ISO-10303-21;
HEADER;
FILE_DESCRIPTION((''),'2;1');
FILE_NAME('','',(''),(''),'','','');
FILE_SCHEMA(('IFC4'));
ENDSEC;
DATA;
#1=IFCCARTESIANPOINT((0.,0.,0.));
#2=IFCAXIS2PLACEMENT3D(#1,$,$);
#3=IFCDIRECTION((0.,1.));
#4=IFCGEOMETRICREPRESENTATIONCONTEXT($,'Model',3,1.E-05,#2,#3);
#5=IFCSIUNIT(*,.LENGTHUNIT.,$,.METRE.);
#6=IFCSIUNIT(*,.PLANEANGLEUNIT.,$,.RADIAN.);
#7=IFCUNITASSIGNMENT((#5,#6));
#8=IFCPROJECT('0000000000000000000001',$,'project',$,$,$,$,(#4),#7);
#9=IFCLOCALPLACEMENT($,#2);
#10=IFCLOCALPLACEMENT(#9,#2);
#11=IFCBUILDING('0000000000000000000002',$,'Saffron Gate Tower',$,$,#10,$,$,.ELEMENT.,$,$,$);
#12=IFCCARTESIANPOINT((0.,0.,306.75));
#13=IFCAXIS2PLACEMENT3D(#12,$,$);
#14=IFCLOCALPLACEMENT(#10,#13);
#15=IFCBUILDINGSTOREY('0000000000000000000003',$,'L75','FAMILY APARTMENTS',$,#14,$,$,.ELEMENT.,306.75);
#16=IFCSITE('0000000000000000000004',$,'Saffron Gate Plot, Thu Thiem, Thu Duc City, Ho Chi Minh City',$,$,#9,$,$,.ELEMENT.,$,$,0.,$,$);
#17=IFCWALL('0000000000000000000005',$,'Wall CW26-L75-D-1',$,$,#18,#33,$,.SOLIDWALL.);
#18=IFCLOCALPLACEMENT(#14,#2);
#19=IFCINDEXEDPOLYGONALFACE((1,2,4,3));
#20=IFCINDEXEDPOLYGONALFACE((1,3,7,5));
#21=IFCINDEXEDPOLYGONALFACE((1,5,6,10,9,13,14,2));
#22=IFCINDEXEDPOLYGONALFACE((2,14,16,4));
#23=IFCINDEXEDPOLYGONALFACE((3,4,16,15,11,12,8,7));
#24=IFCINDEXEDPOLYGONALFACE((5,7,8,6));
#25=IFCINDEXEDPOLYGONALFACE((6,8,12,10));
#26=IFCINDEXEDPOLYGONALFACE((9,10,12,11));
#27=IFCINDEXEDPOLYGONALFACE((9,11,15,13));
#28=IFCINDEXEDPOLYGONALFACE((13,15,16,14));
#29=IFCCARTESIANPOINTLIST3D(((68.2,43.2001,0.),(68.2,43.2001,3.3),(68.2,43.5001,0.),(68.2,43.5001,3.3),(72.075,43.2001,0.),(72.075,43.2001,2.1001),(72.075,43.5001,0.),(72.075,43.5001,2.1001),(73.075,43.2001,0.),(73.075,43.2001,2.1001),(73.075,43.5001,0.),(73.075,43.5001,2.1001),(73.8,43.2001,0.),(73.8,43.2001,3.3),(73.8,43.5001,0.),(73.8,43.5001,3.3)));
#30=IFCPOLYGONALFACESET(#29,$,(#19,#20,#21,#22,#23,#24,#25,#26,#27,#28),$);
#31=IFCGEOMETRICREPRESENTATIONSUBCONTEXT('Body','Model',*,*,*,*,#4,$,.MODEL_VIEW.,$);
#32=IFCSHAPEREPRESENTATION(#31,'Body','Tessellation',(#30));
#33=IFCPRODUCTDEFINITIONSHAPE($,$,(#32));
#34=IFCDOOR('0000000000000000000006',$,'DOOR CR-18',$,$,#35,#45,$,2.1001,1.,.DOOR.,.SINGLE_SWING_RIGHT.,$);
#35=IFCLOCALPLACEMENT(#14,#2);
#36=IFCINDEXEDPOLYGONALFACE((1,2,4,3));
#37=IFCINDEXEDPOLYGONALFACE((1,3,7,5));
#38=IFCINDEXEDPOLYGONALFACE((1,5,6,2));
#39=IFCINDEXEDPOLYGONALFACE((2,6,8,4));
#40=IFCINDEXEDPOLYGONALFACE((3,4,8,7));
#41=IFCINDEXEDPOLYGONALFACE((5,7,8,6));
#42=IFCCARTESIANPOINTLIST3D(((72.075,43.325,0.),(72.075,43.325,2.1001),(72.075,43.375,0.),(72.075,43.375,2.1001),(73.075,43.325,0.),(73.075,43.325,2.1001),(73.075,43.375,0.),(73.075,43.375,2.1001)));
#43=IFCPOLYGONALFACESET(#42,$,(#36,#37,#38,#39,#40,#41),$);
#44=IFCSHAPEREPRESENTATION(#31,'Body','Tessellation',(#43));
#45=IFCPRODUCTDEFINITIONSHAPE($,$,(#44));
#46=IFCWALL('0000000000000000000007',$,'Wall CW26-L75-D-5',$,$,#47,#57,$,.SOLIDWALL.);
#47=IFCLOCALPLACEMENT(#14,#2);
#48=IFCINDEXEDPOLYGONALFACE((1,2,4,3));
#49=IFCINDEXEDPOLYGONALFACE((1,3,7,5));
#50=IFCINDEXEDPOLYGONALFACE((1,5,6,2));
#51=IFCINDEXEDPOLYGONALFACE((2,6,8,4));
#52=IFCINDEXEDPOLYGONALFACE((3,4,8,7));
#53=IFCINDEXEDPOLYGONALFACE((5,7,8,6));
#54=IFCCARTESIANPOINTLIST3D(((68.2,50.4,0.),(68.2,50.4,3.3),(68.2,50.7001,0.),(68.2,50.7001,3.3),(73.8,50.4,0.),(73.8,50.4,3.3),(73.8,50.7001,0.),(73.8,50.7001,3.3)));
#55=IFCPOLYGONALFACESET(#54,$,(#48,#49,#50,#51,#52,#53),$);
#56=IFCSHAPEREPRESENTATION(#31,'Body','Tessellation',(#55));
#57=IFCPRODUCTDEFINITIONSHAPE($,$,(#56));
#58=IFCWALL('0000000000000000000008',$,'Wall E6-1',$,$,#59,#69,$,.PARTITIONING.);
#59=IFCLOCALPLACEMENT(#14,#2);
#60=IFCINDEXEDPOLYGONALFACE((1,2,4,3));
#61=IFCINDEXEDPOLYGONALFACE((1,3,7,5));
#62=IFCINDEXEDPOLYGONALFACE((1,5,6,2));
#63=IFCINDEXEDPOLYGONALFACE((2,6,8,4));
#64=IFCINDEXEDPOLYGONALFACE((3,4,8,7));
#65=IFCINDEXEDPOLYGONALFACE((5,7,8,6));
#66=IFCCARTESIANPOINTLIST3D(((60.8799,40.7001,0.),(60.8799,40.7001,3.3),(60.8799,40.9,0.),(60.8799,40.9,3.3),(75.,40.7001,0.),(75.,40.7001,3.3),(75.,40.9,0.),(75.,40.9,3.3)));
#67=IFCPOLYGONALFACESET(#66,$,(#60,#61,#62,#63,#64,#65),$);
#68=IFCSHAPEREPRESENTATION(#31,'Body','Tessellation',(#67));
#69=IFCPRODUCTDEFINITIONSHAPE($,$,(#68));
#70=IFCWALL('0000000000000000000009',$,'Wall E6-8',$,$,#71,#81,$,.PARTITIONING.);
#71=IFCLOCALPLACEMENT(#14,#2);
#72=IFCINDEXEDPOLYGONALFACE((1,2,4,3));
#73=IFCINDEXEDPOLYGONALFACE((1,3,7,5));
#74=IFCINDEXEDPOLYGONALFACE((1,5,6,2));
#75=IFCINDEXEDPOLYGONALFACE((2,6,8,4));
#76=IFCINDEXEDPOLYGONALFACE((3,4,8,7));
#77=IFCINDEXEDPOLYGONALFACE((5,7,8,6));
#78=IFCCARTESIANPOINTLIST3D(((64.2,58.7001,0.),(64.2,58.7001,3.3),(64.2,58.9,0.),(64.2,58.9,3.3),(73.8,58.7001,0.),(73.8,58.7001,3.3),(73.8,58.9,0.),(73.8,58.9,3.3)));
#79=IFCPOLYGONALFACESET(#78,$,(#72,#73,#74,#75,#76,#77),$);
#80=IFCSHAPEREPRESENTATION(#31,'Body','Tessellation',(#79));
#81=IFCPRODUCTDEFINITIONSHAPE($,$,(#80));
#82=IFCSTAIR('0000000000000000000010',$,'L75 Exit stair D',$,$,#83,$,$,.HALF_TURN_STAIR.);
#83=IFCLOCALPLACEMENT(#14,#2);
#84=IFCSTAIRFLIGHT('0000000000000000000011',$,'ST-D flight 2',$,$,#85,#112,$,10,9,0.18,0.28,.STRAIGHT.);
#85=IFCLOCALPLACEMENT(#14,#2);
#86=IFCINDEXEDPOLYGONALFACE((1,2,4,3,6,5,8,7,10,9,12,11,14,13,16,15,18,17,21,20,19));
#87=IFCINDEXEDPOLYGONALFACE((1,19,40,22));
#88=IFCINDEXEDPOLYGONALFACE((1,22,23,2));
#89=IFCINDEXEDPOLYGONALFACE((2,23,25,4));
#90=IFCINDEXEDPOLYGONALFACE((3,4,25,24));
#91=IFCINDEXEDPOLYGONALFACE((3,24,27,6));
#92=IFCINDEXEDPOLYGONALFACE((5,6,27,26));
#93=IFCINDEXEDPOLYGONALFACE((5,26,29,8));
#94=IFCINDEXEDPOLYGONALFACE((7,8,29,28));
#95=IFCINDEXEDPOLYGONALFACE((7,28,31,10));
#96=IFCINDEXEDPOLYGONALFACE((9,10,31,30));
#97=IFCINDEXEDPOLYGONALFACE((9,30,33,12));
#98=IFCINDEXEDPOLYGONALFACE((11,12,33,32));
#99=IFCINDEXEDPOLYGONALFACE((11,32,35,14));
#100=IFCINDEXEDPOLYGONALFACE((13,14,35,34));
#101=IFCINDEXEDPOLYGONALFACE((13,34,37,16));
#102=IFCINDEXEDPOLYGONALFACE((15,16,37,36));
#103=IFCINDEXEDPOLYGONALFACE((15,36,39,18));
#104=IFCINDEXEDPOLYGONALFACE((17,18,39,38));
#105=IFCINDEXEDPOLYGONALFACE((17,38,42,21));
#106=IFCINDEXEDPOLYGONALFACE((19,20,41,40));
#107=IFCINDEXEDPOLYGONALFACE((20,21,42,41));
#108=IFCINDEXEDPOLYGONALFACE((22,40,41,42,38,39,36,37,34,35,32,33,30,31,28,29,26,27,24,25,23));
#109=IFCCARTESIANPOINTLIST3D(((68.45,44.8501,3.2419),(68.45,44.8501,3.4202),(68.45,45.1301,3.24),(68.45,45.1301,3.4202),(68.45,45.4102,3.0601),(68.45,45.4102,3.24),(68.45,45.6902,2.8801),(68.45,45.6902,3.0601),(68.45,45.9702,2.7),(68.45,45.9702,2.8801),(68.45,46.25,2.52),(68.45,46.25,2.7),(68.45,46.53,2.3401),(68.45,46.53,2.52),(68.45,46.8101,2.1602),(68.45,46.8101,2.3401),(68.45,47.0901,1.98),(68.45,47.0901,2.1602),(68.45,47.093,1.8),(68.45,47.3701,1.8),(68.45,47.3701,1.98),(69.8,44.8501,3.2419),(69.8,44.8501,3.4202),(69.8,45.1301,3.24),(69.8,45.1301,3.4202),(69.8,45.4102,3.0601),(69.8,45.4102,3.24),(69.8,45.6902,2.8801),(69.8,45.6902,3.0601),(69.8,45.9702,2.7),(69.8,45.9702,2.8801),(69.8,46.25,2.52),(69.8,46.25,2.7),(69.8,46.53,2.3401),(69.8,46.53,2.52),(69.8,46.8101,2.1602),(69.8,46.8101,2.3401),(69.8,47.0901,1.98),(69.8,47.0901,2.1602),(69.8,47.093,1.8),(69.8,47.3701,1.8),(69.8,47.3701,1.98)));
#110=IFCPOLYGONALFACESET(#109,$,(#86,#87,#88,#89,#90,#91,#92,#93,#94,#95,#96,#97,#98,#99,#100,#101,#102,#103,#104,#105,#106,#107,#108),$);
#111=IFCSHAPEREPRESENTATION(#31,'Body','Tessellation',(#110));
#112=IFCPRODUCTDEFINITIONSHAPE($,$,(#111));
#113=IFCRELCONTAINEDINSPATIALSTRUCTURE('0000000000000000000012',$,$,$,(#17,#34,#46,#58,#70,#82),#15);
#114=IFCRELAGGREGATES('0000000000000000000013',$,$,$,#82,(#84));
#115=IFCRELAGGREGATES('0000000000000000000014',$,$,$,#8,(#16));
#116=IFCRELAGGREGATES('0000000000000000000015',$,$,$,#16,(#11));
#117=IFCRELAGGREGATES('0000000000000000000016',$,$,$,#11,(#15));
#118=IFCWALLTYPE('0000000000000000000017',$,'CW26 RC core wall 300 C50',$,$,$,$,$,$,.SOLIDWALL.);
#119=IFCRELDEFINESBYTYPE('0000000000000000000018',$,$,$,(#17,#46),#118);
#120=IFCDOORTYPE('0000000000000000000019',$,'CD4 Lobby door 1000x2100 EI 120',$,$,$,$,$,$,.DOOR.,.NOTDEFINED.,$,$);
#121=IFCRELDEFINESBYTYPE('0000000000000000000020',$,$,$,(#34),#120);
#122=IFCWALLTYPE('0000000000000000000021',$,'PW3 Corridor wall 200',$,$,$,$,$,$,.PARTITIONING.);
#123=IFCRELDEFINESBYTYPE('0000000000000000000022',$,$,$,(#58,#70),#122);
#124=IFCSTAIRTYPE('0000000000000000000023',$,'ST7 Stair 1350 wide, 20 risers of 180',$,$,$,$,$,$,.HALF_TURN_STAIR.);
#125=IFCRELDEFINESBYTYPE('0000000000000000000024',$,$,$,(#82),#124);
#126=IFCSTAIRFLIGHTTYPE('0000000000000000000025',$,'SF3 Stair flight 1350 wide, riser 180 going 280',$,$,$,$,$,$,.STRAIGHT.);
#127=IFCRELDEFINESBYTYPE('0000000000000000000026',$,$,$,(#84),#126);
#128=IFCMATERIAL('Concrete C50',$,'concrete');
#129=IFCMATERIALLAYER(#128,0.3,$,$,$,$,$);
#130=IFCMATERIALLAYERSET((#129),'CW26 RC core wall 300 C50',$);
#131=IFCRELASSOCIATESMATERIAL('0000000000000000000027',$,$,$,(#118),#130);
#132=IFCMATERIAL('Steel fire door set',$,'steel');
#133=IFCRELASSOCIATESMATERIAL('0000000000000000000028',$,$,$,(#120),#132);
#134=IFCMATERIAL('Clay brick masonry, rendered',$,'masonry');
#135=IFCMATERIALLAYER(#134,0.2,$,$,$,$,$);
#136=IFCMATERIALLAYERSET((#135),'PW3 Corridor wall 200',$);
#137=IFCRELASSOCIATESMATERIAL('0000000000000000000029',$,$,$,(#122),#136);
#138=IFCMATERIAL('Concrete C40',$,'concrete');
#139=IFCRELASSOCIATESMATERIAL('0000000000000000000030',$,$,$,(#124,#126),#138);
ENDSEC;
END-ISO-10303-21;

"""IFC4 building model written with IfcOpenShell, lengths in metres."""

from ifc_helpers import new_model, si_unit, direction, frame, frame_2d, origin, place, context, subcontext, project, spatial, polyline, rectangle, outline, extrude, material, layer, layer_set, type_object, element, fill, aggregate, save


model = new_model("IFC4")

# Units and contexts
model_context = context("Model", 3, precision=1e-05, world=origin(), true_north=direction((0.0, 1.0)))
body_context = subcontext(model_context, "Body", "Model", "MODEL_VIEW")
ifc_project = project(units=[si_unit("LENGTHUNIT", "METRE"), si_unit("PLANEANGLEUNIT", "RADIAN")], contexts=[model_context])

# Site, building, storey
site_placement = place(None, origin())
site = spatial("IfcSite", under=ifc_project, at=site_placement, Name="Saffron Gate Plot, Thu Thiem, Thu Duc City, Ho Chi Minh City", CompositionType="ELEMENT", RefElevation=0.0)
building_placement = place(site_placement, origin())
building = spatial("IfcBuilding", under=site, at=building_placement, Name="Saffron Gate Tower", CompositionType="ELEMENT")
storey_placement = place(building_placement, frame((0.0, 0.0, 306.75)))
storey = spatial("IfcBuildingStorey", under=building, at=storey_placement, Name="L75", Description="FAMILY APARTMENTS", CompositionType="ELEMENT", Elevation=306.75)

# Shared definitions
ifc_material_1 = material(Name="Concrete C40", Category="concrete")

# Shared definitions
ifc_material_2 = material(Name="Concrete C50", Category="concrete")

# Wall, opening, door
ifc_layer_1 = layer(ifc_material_2, 0.3)
ifc_layer_set_1 = layer_set([ifc_layer_1], Name="CW26 RC core wall 300 C50")
wall_type_1 = type_object("IfcWallType", Name="CW26 RC core wall 300 C50", PredefinedType="SOLIDWALL", material=ifc_layer_set_1)
wall_1_placement = place(storey_placement, frame((68.2, 43.3501, 0.0), z_axis=(0.0, 0.0, 1.0), x_axis=(1.0, 0.0, 0.0)))
wall_1 = element("IfcWall", 1, at=wall_1_placement, inside=storey, type_object=wall_type_1, Name="Wall CW26-L75-D-1", PredefinedType="SOLIDWALL", context=body_context, shape_type="SweptSolid", body=[
    extrude(rectangle(XDim=5.6001, YDim=0.3, at=frame_2d((2.8, 0.0))), origin(), (0.0, 0.0, 1.0), 3.3),
])
opening_placement = place(wall_1_placement, frame((3.875, 0.0, 0.0)))
opening = element("IfcOpeningElement", 2, at=opening_placement, cuts=wall_1, PredefinedType="OPENING", context=body_context, shape_type="SweptSolid", body=[
    extrude(rectangle(XDim=1.0, YDim=2.1001, at=frame_2d((0.5, 1.05))), frame((0.0, 0.1602, 0.0), z_axis=(0.0, -1.0, 0.0), x_axis=(1.0, 0.0, 0.0)), (0.0, 0.0, 1.0), 0.3201),
])
ifc_material_3 = material(Name="Steel fire door set", Category="steel")
door_type = type_object("IfcDoorType", Name="CD4 Lobby door 1000x2100 EI 120", OperationType="NOTDEFINED", PredefinedType="DOOR", material=ifc_material_3)
door_placement = place(opening_placement, origin())
door = element("IfcDoor", 3, at=door_placement, inside=storey, type_object=door_type, Name="DOOR CR-18", OperationType="SINGLE_SWING_RIGHT", OverallHeight=2.1001, OverallWidth=1.0, PredefinedType="DOOR", context=body_context, shape_type="SweptSolid", body=[
    extrude(rectangle(XDim=1.0, YDim=2.1001, at=frame_2d((0.5, 1.05))), frame((0.0, 0.0249, 0.0), z_axis=(0.0, -1.0, 0.0), x_axis=(1.0, 0.0, 0.0)), (0.0, 0.0, 1.0), 0.05),
])
fill(opening, door)

# Walls
wall_2_placement = place(storey_placement, frame((68.2, 50.55, 0.0), z_axis=(0.0, 0.0, 1.0), x_axis=(1.0, 0.0, 0.0)))
element("IfcWall", 4, at=wall_2_placement, inside=storey, type_object=wall_type_1, Name="Wall CW26-L75-D-5", PredefinedType="SOLIDWALL", context=body_context, shape_type="SweptSolid", body=[
    extrude(rectangle(XDim=5.6001, YDim=0.3, at=frame_2d((2.8, 0.0))), origin(), (0.0, 0.0, 1.0), 3.3),
])
ifc_material_4 = material(Name="Clay brick masonry, rendered", Category="masonry")
ifc_layer_2 = layer(ifc_material_4, 0.2)
ifc_layer_set_2 = layer_set([ifc_layer_2], Name="PW3 Corridor wall 200")
wall_type_2 = type_object("IfcWallType", Name="PW3 Corridor wall 200", PredefinedType="PARTITIONING", material=ifc_layer_set_2)
wall_3_placement = place(storey_placement, frame((60.8799, 40.8, 0.0), z_axis=(0.0, 0.0, 1.0), x_axis=(1.0, 0.0, 0.0)))
element("IfcWall", 5, at=wall_3_placement, inside=storey, type_object=wall_type_2, Name="Wall E6-1", PredefinedType="PARTITIONING", context=body_context, shape_type="SweptSolid", body=[
    extrude(rectangle(XDim=14.1201, YDim=0.2, at=frame_2d((7.0601, 0.0))), origin(), (0.0, 0.0, 1.0), 3.3),
])
wall_4_placement = place(storey_placement, frame((64.2, 58.8, 0.0), z_axis=(0.0, 0.0, 1.0), x_axis=(1.0, 0.0, 0.0)))
element("IfcWall", 6, at=wall_4_placement, inside=storey, type_object=wall_type_2, Name="Wall E6-8", PredefinedType="PARTITIONING", context=body_context, shape_type="SweptSolid", body=[
    extrude(rectangle(XDim=9.6001, YDim=0.2, at=frame_2d((4.8, 0.0))), origin(), (0.0, 0.0, 1.0), 3.3),
])

# Stair, stair flight
stair_type = type_object("IfcStairType", Name="ST7 Stair 1350 wide, 20 risers of 180", PredefinedType="HALF_TURN_STAIR", material=ifc_material_1)
stair_placement = place(storey_placement, origin())
stair = element("IfcStair", 7, at=stair_placement, inside=storey, type_object=stair_type, Name="L75 Exit stair D", PredefinedType="HALF_TURN_STAIR")
stair_flight_type = type_object("IfcStairFlightType", Name="SF3 Stair flight 1350 wide, riser 180 going 280", PredefinedType="STRAIGHT", material=ifc_material_1)
stair_flight_placement = place(storey_placement, frame((69.125, 47.3701, 1.8), z_axis=(0.0, 0.0, 1.0), x_axis=(0.0, -1.0, 0.0)))
stair_flight = element("IfcStairFlight", 8, at=stair_flight_placement, type_object=stair_flight_type, Name="ST-D flight 2", NumberOfRisers=10, NumberOfTreads=9, PredefinedType="STRAIGHT", RiserHeight=0.18, TreadLength=0.28, context=body_context, shape_type="SweptSolid", body=[
    extrude(outline(polyline([(0.0, 0.0), (0.0, 0.1799), (0.28, 0.1799), (0.28, 0.3601), (0.5601, 0.3601), (0.5601, 0.54), (0.8401, 0.54), (0.8401, 0.72), (1.1201, 0.72), (1.1201, 0.8999), (1.3999, 0.8999), (1.3999, 1.0801), (1.6799, 1.0801), (1.6799, 1.26), (1.96, 1.26), (1.96, 1.4399), (2.24, 1.4399), (2.24, 1.6201), (2.52, 1.6201), (2.52, 1.8), (2.52, 1.4419), (0.2771, 0.0), (0.0, 0.0)])), frame((0.0, 0.675, 0.0), z_axis=(0.0, -1.0, 0.0), x_axis=(1.0, 0.0, 0.0)), (0.0, 0.0, 1.0), 1.3501),
])
aggregate(stair, [stair_flight])

save(model, "model.ifc")
